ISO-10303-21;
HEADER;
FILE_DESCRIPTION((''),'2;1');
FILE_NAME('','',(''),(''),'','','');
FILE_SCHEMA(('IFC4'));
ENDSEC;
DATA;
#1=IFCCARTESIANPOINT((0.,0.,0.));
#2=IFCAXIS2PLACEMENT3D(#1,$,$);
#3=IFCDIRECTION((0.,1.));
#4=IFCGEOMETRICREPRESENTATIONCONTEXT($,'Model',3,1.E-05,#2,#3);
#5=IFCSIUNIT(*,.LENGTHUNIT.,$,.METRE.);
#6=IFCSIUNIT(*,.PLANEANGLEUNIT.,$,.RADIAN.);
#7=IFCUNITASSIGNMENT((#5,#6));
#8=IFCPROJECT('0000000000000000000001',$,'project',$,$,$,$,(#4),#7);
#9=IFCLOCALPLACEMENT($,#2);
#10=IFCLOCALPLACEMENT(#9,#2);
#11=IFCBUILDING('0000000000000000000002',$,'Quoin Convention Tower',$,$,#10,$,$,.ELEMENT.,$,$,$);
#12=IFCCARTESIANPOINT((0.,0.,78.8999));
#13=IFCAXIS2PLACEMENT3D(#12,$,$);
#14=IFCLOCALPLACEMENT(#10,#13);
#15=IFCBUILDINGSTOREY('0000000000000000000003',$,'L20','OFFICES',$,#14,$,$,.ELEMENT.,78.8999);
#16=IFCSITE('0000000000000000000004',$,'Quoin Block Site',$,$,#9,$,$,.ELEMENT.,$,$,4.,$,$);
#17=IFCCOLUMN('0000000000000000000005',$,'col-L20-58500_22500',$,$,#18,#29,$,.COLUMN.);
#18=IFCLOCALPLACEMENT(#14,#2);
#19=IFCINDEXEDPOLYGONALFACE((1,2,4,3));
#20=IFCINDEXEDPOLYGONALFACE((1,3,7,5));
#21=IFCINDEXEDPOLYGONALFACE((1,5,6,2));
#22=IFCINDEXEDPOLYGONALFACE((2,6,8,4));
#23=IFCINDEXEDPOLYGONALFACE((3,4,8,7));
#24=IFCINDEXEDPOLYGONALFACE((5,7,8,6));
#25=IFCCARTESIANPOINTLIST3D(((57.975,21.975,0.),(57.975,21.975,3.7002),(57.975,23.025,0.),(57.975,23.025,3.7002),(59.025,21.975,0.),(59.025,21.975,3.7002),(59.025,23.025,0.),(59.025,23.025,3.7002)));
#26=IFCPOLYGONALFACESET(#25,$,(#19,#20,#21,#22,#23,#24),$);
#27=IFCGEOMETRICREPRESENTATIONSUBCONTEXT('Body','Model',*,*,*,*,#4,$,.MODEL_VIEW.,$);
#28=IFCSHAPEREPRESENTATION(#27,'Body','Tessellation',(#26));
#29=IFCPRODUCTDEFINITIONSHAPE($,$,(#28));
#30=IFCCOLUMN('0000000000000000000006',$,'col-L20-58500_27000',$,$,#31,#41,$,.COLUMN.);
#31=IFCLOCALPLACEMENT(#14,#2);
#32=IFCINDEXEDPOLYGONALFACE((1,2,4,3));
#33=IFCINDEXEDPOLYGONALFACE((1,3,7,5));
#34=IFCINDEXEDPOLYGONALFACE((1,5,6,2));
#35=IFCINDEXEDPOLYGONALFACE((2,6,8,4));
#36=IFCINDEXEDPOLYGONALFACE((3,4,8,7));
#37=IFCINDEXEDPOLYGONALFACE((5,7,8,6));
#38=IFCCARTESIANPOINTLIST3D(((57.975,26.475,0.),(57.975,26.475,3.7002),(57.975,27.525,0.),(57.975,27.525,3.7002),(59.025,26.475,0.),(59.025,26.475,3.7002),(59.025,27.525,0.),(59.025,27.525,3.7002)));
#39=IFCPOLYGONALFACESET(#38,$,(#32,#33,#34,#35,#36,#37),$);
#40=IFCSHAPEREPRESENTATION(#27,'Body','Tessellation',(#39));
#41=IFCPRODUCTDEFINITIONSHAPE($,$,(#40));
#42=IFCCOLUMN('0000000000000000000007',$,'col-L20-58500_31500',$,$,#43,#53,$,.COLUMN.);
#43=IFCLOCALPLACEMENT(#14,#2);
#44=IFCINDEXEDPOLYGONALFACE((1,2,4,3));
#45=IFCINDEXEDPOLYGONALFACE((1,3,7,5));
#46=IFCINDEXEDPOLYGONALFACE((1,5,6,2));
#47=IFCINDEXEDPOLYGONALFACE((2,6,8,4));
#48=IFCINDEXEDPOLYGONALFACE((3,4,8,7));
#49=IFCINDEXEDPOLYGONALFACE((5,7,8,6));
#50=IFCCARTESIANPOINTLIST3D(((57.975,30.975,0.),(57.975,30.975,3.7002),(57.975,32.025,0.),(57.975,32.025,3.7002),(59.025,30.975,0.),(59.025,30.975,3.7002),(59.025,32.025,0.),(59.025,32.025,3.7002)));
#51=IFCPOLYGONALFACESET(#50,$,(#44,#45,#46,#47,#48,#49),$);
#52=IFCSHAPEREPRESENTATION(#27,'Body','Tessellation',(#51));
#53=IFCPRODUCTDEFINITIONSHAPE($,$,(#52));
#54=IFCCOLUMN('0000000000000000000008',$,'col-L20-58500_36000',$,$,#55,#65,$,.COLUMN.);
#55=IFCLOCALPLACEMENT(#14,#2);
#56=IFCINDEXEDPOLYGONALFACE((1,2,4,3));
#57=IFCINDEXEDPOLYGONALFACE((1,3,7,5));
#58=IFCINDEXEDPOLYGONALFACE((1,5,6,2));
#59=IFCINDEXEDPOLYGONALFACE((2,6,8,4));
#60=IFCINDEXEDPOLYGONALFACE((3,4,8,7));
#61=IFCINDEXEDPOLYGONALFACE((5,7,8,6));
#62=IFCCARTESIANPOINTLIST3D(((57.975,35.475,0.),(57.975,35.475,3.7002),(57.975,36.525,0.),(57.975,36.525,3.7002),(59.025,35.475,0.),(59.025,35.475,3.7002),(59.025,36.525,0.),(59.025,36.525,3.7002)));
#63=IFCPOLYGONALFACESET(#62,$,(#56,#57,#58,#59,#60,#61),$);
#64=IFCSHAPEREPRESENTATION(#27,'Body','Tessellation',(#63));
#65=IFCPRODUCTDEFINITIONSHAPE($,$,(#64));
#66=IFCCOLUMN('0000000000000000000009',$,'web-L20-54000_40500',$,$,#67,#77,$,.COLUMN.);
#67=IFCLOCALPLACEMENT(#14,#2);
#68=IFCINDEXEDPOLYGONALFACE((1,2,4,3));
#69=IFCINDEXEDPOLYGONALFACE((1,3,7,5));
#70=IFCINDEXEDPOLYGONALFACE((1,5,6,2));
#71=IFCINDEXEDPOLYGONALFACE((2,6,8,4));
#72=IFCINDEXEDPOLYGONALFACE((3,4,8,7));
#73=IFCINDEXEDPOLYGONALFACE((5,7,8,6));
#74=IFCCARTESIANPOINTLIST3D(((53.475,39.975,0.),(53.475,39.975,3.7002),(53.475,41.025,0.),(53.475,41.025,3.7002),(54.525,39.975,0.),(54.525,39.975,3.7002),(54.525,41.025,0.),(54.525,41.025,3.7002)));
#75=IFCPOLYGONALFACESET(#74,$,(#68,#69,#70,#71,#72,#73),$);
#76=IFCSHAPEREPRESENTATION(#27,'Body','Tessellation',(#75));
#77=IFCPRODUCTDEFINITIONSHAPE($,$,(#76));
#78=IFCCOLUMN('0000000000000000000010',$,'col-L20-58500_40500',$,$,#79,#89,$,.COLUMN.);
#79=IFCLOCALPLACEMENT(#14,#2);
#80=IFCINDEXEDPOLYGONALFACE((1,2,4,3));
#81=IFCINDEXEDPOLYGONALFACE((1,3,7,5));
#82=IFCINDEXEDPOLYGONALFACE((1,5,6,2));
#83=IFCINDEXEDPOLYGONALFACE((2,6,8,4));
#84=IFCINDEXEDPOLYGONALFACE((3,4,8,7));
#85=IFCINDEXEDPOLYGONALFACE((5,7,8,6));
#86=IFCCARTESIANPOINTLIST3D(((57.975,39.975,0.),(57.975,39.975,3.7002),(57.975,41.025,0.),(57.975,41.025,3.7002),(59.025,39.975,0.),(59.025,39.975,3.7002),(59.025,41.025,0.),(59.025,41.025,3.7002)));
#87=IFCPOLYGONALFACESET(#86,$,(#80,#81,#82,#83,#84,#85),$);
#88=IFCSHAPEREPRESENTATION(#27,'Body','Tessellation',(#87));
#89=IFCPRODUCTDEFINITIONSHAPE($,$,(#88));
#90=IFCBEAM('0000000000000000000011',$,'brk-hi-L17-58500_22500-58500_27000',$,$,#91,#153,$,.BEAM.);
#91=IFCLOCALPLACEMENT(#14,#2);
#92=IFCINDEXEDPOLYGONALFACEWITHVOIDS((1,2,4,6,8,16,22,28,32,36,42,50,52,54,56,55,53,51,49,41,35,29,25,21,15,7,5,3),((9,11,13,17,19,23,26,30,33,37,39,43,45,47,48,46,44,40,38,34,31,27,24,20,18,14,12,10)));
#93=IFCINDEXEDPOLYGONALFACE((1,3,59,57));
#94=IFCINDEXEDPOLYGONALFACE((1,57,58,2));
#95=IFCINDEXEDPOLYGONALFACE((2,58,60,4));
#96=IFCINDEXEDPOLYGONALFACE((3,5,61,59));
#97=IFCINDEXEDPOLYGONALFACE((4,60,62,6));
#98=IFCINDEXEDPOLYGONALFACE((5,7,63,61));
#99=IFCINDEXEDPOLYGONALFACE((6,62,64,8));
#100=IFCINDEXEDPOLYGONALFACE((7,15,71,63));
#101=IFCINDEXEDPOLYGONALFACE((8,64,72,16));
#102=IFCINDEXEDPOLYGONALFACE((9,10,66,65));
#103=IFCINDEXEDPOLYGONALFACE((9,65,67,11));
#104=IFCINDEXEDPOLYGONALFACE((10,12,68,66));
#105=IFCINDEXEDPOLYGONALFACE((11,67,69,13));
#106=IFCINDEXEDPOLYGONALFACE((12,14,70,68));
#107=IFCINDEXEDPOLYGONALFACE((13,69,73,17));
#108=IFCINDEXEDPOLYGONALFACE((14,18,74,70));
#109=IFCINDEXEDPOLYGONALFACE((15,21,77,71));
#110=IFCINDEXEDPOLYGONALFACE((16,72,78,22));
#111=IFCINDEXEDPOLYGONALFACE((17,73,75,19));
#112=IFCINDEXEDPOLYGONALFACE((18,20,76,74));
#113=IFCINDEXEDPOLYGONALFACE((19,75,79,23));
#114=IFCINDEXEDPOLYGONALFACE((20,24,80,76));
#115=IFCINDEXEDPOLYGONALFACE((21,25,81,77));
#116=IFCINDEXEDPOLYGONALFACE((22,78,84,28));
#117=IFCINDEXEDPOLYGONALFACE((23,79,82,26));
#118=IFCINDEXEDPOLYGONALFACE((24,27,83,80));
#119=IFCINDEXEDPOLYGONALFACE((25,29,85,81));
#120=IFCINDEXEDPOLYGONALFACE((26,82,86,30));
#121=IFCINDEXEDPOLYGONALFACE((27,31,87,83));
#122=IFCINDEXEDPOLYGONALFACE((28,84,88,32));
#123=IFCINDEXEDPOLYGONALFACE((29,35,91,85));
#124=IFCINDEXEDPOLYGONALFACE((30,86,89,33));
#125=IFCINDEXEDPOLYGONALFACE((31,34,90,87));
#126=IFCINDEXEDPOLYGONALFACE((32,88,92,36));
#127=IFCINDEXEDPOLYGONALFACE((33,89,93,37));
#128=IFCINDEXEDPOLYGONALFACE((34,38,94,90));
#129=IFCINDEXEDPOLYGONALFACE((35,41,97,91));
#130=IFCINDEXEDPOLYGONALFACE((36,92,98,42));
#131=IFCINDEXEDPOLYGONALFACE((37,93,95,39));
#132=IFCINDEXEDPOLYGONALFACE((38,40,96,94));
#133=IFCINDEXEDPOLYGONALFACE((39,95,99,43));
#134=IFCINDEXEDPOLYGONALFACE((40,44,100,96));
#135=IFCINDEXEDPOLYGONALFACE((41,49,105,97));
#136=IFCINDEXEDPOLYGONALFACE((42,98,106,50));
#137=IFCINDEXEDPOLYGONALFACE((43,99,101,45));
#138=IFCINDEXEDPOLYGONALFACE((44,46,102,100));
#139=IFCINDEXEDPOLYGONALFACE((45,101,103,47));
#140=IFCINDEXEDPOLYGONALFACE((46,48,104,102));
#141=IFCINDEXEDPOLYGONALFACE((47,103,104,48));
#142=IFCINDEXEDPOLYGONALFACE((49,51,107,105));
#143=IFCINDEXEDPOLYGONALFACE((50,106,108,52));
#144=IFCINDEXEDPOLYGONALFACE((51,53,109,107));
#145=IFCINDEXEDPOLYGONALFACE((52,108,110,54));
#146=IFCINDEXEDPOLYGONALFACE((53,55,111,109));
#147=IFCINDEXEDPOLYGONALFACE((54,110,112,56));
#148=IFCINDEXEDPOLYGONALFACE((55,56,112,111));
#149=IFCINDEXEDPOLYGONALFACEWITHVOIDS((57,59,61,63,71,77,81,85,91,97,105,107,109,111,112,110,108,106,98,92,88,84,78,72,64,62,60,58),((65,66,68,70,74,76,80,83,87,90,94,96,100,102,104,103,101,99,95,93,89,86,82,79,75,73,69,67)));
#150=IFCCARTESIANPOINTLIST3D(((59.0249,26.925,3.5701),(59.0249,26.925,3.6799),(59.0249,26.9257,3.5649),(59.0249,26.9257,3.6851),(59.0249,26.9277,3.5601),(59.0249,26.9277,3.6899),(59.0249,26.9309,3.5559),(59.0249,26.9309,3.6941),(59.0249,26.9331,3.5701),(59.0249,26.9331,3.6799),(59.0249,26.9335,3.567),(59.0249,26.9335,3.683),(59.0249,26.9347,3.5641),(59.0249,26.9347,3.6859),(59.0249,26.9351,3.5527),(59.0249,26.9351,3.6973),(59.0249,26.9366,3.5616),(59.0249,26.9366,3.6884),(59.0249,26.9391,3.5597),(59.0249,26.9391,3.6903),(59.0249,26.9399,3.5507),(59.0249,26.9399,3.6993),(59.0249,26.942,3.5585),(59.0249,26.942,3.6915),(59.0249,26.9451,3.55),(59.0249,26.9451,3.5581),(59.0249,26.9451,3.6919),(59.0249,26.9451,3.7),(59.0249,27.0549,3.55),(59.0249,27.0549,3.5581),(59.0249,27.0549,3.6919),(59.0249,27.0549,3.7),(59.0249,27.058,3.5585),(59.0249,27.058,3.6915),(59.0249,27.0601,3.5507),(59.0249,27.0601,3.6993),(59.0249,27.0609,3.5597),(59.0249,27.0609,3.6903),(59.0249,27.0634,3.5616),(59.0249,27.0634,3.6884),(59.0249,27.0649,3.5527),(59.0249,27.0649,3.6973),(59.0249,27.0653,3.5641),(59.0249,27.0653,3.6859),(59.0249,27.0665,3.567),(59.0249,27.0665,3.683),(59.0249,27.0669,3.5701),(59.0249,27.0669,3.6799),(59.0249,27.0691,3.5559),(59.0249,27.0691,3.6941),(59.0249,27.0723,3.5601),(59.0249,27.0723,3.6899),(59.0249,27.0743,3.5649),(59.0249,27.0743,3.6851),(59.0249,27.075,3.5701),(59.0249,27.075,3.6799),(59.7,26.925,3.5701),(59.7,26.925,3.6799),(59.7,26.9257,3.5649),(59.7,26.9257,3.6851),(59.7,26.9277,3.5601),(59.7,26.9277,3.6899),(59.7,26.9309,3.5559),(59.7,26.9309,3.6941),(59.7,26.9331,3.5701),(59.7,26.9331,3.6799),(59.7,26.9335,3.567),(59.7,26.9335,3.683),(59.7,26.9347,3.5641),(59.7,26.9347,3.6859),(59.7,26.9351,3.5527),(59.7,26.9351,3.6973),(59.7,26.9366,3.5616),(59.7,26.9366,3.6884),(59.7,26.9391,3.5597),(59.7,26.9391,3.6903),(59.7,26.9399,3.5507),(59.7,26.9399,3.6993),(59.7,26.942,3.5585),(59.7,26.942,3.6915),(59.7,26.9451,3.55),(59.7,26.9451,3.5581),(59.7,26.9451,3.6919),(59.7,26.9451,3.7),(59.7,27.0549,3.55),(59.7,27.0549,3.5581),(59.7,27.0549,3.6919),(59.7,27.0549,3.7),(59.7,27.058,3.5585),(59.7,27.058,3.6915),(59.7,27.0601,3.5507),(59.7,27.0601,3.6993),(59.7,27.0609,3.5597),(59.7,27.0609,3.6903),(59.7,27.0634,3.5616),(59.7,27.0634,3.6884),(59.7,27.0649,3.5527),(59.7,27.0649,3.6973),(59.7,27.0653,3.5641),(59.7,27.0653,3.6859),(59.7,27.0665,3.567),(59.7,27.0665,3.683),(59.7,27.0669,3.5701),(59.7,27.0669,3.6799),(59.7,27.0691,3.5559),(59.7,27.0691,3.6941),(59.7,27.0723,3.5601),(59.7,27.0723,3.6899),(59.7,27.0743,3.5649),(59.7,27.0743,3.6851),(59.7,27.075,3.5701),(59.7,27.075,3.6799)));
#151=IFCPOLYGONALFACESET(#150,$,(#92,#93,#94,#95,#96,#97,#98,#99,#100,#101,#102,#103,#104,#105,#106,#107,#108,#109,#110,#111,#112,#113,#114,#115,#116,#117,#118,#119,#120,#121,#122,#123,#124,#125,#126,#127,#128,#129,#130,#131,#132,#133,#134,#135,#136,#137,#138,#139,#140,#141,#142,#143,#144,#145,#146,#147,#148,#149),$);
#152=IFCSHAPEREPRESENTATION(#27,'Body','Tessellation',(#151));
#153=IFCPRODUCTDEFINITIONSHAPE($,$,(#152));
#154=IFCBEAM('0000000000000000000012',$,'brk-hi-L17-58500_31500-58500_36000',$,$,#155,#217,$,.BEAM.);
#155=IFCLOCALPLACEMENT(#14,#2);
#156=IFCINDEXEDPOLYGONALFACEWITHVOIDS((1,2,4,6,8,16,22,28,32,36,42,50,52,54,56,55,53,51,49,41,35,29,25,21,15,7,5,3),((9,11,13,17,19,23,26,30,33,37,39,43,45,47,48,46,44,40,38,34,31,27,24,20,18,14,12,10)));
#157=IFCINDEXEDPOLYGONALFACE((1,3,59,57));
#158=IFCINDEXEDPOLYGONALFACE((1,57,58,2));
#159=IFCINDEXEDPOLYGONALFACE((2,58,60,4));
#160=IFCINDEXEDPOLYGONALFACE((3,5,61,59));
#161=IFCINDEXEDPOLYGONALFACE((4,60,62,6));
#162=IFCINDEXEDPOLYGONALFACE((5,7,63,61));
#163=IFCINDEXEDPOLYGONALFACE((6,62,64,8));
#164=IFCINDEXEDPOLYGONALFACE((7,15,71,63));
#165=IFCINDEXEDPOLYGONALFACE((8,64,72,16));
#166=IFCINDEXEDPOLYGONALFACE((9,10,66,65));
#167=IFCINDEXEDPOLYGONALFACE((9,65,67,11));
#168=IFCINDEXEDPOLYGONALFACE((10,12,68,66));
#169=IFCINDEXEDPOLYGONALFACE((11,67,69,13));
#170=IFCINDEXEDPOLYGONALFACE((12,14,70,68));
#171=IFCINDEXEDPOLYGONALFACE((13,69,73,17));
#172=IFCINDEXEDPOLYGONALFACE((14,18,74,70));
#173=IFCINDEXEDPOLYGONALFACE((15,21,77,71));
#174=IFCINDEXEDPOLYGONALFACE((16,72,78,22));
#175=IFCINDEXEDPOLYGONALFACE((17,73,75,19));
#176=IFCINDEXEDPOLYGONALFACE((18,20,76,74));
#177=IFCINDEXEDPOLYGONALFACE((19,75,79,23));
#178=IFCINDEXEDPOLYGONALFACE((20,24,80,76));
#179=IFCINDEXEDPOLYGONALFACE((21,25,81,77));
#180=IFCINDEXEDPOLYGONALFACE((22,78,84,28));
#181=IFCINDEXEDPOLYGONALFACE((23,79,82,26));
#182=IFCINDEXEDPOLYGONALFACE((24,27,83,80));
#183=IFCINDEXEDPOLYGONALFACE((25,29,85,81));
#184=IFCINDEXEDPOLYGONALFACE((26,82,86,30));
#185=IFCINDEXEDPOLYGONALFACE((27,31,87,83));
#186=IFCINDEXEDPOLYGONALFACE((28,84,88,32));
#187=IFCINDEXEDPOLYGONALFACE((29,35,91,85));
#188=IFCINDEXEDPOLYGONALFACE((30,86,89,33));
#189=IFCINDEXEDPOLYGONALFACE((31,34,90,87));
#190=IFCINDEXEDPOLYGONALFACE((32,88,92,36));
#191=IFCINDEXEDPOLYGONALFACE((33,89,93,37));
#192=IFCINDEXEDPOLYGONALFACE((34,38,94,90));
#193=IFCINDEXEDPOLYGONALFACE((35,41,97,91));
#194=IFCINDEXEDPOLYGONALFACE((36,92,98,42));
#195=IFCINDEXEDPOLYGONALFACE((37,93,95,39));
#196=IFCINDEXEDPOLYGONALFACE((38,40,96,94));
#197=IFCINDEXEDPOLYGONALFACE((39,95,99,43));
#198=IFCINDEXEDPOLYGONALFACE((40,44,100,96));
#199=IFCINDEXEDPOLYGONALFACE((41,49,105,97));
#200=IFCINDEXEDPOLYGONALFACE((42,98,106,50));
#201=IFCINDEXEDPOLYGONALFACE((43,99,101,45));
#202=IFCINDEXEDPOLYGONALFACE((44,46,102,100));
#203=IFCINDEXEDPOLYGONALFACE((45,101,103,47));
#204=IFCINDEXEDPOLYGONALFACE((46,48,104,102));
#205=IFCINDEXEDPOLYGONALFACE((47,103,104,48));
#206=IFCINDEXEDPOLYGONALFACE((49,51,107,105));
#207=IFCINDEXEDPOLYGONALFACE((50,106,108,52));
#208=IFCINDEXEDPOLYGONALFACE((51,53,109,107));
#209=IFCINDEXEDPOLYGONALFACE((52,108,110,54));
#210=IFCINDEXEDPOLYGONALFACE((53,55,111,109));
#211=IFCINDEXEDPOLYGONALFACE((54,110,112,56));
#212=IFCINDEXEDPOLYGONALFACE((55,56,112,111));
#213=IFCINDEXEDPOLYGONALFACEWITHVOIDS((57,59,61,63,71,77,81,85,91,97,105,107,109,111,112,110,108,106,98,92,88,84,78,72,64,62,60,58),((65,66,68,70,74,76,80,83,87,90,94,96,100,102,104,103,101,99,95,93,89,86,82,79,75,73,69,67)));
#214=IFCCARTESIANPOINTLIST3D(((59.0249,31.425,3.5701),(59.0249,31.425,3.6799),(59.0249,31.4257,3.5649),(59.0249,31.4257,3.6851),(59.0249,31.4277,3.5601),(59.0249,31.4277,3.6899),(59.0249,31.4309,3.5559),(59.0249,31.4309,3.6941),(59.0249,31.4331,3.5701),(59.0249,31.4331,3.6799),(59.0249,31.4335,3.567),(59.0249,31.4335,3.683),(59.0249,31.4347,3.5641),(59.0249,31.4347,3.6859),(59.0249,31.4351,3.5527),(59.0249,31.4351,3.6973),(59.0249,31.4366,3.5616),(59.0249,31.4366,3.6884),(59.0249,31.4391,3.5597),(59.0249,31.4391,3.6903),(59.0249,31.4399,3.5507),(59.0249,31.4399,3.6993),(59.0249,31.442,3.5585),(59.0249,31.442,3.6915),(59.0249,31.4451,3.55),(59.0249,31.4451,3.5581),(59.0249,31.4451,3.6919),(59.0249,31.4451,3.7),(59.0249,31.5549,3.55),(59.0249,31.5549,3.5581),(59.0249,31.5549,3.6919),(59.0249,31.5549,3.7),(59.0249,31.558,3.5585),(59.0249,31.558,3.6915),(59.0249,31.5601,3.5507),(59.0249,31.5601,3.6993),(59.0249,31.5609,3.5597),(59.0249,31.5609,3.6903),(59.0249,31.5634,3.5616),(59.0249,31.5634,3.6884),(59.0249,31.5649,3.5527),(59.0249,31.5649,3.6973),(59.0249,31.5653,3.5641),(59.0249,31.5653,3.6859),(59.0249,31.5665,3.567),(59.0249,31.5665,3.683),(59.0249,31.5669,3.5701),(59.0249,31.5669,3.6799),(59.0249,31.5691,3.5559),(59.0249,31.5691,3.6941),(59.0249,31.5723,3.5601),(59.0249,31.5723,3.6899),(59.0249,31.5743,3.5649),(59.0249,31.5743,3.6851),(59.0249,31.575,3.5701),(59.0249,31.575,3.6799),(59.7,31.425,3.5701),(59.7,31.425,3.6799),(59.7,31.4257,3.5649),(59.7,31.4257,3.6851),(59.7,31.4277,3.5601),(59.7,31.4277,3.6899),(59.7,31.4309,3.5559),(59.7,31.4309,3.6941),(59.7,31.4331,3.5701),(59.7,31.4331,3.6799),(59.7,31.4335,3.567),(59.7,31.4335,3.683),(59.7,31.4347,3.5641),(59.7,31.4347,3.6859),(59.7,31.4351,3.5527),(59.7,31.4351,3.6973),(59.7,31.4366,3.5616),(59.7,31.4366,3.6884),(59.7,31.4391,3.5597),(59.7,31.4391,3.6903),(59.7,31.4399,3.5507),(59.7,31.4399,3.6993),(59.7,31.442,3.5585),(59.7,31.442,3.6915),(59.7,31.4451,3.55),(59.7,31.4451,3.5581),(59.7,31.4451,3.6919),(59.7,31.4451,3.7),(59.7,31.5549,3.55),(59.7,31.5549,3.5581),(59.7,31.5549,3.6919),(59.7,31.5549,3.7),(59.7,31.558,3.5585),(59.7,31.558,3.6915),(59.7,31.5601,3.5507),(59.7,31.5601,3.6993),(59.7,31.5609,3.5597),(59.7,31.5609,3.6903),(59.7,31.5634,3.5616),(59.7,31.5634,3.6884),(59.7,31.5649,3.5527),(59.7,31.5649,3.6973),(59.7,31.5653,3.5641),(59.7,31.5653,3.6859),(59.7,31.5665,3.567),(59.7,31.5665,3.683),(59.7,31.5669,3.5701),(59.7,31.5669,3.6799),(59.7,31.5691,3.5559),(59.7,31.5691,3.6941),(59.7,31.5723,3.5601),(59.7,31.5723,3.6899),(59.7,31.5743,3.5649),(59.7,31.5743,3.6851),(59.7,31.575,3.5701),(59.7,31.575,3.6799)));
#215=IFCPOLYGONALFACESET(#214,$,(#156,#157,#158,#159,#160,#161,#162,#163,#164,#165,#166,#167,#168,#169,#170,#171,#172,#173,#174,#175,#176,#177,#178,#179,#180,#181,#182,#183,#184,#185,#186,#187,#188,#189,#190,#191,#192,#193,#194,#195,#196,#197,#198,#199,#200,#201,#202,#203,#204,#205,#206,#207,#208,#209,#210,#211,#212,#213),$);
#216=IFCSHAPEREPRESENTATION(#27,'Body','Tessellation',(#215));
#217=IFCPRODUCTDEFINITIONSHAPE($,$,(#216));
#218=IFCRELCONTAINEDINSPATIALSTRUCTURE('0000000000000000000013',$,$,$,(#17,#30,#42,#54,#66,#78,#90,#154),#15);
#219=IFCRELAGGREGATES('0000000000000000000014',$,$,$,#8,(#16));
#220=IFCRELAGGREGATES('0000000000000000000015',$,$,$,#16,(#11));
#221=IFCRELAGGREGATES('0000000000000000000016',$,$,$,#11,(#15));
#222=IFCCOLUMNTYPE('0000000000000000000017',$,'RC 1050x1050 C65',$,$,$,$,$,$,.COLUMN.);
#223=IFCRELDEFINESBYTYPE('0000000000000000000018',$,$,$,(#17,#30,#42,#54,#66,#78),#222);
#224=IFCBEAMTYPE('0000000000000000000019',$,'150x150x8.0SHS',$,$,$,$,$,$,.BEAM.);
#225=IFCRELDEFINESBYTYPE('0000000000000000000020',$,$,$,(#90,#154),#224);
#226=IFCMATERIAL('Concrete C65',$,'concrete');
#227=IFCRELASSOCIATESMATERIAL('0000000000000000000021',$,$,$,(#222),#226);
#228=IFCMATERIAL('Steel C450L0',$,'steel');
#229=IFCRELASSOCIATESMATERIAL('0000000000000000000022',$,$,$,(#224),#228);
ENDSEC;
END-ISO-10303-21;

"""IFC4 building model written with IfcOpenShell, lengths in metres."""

from ifc_helpers import new_model, si_unit, direction, frame, origin, origin_2d, place, context, subcontext, project, spatial, rectangle, hollow_rectangle, extrude, material, material_profile, profile_set, type_object, element, save


model = new_model("IFC4")

# Units and contexts
model_context = context("Model", 3, precision=1e-05, world=origin(), true_north=direction((0.0, 1.0)))
body_context = subcontext(model_context, "Body", "Model", "MODEL_VIEW")
ifc_project = project(units=[si_unit("LENGTHUNIT", "METRE"), si_unit("PLANEANGLEUNIT", "RADIAN")], contexts=[model_context])

# Site, building, storey
site_placement = place(None, origin())
site = spatial("IfcSite", under=ifc_project, at=site_placement, Name="Quoin Block Site", CompositionType="ELEMENT", RefElevation=4.0)
building_placement = place(site_placement, origin())
building = spatial("IfcBuilding", under=site, at=building_placement, Name="Quoin Convention Tower", CompositionType="ELEMENT")
storey_placement = place(building_placement, frame((0.0, 0.0, 78.8999)))
storey = spatial("IfcBuildingStorey", under=building, at=storey_placement, Name="L20", Description="OFFICES", CompositionType="ELEMENT", Elevation=78.8999)

# Columns
ifc_material_1 = material(Name="Concrete C65", Category="concrete")
ifc_material_profile_1 = material_profile(ifc_material_1, rectangle(XDim=1.05, YDim=1.05, at=origin_2d()), Name="RC 1050x1050")
ifc_profile_set_1 = profile_set([ifc_material_profile_1], Name="Concrete C65")
column_type = type_object("IfcColumnType", Name="RC 1050x1050 C65", PredefinedType="COLUMN", material=ifc_profile_set_1)
for number, where, z_axis, x_axis, name in (
    (1, (58.5, 22.5, 0.0), (0.0, 0.0, 1.0), (1.0, 0.0, 0.0), "col-L20-58500_22500"),
    (2, (58.5, 27.0, 0.0), (0.0, 0.0, 1.0), (1.0, 0.0, 0.0), "col-L20-58500_27000"),
    (3, (58.5, 31.5, 0.0), (0.0, 0.0, 1.0), (1.0, 0.0, 0.0), "col-L20-58500_31500"),
    (4, (58.5, 36.0, 0.0), (0.0, 0.0, 1.0), (1.0, 0.0, 0.0), "col-L20-58500_36000"),
    (5, (54.0, 40.5, 0.0), (0.0, 0.0, 1.0), (1.0, 0.0, 0.0), "web-L20-54000_40500"),
    (6, (58.5, 40.5, 0.0), (0.0, 0.0, 1.0), (1.0, 0.0, 0.0), "col-L20-58500_40500"),
):
    element("IfcColumn", number, at=place(storey_placement, frame(where, z_axis=z_axis, x_axis=x_axis)), inside=storey, type_object=column_type, Name=name, PredefinedType="COLUMN", context=body_context, shape_type="SweptSolid", body=[
        extrude(rectangle(XDim=1.05, YDim=1.05, at=origin_2d()), origin(), (0.0, 0.0, 1.0), 3.7002),
    ])

# Beams
ifc_material_2 = material(Name="Steel C450L0", Category="steel")
ifc_material_profile_2 = material_profile(ifc_material_2, hollow_rectangle(XDim=0.1499, YDim=0.1499, WallThickness=0.0081, InnerFilletRadius=0.012, OuterFilletRadius=0.02, at=origin_2d()), Name="150x150x8.0SHS")
ifc_profile_set_2 = profile_set([ifc_material_profile_2], Name="Steel C450L0")
beam_type_1 = type_object("IfcBeamType", Name="150x150x8.0SHS", PredefinedType="BEAM", material=ifc_profile_set_2)
for number, where, z_axis, x_axis, name in (
    (7, (59.0249, 27.0, 3.625), (1.0, 0.0, 0.0), (0.0, 1.0, 0.0), "brk-hi-L17-58500_22500-58500_27000"),
    (8, (59.0249, 31.5, 3.625), (1.0, 0.0, 0.0), (0.0, 1.0, 0.0), "brk-hi-L17-58500_31500-58500_36000"),
):
    element("IfcBeam", number, at=place(storey_placement, frame(where, z_axis=z_axis, x_axis=x_axis)), inside=storey, type_object=beam_type_1, Name=name, PredefinedType="BEAM", context=body_context, shape_type="SweptSolid", body=[
        extrude(hollow_rectangle(XDim=0.1499, YDim=0.1499, WallThickness=0.0081, InnerFilletRadius=0.012, OuterFilletRadius=0.02, at=origin_2d()), origin(), (0.0, 0.0, 1.0), 0.675),
    ])

save(model, "model.ifc")
